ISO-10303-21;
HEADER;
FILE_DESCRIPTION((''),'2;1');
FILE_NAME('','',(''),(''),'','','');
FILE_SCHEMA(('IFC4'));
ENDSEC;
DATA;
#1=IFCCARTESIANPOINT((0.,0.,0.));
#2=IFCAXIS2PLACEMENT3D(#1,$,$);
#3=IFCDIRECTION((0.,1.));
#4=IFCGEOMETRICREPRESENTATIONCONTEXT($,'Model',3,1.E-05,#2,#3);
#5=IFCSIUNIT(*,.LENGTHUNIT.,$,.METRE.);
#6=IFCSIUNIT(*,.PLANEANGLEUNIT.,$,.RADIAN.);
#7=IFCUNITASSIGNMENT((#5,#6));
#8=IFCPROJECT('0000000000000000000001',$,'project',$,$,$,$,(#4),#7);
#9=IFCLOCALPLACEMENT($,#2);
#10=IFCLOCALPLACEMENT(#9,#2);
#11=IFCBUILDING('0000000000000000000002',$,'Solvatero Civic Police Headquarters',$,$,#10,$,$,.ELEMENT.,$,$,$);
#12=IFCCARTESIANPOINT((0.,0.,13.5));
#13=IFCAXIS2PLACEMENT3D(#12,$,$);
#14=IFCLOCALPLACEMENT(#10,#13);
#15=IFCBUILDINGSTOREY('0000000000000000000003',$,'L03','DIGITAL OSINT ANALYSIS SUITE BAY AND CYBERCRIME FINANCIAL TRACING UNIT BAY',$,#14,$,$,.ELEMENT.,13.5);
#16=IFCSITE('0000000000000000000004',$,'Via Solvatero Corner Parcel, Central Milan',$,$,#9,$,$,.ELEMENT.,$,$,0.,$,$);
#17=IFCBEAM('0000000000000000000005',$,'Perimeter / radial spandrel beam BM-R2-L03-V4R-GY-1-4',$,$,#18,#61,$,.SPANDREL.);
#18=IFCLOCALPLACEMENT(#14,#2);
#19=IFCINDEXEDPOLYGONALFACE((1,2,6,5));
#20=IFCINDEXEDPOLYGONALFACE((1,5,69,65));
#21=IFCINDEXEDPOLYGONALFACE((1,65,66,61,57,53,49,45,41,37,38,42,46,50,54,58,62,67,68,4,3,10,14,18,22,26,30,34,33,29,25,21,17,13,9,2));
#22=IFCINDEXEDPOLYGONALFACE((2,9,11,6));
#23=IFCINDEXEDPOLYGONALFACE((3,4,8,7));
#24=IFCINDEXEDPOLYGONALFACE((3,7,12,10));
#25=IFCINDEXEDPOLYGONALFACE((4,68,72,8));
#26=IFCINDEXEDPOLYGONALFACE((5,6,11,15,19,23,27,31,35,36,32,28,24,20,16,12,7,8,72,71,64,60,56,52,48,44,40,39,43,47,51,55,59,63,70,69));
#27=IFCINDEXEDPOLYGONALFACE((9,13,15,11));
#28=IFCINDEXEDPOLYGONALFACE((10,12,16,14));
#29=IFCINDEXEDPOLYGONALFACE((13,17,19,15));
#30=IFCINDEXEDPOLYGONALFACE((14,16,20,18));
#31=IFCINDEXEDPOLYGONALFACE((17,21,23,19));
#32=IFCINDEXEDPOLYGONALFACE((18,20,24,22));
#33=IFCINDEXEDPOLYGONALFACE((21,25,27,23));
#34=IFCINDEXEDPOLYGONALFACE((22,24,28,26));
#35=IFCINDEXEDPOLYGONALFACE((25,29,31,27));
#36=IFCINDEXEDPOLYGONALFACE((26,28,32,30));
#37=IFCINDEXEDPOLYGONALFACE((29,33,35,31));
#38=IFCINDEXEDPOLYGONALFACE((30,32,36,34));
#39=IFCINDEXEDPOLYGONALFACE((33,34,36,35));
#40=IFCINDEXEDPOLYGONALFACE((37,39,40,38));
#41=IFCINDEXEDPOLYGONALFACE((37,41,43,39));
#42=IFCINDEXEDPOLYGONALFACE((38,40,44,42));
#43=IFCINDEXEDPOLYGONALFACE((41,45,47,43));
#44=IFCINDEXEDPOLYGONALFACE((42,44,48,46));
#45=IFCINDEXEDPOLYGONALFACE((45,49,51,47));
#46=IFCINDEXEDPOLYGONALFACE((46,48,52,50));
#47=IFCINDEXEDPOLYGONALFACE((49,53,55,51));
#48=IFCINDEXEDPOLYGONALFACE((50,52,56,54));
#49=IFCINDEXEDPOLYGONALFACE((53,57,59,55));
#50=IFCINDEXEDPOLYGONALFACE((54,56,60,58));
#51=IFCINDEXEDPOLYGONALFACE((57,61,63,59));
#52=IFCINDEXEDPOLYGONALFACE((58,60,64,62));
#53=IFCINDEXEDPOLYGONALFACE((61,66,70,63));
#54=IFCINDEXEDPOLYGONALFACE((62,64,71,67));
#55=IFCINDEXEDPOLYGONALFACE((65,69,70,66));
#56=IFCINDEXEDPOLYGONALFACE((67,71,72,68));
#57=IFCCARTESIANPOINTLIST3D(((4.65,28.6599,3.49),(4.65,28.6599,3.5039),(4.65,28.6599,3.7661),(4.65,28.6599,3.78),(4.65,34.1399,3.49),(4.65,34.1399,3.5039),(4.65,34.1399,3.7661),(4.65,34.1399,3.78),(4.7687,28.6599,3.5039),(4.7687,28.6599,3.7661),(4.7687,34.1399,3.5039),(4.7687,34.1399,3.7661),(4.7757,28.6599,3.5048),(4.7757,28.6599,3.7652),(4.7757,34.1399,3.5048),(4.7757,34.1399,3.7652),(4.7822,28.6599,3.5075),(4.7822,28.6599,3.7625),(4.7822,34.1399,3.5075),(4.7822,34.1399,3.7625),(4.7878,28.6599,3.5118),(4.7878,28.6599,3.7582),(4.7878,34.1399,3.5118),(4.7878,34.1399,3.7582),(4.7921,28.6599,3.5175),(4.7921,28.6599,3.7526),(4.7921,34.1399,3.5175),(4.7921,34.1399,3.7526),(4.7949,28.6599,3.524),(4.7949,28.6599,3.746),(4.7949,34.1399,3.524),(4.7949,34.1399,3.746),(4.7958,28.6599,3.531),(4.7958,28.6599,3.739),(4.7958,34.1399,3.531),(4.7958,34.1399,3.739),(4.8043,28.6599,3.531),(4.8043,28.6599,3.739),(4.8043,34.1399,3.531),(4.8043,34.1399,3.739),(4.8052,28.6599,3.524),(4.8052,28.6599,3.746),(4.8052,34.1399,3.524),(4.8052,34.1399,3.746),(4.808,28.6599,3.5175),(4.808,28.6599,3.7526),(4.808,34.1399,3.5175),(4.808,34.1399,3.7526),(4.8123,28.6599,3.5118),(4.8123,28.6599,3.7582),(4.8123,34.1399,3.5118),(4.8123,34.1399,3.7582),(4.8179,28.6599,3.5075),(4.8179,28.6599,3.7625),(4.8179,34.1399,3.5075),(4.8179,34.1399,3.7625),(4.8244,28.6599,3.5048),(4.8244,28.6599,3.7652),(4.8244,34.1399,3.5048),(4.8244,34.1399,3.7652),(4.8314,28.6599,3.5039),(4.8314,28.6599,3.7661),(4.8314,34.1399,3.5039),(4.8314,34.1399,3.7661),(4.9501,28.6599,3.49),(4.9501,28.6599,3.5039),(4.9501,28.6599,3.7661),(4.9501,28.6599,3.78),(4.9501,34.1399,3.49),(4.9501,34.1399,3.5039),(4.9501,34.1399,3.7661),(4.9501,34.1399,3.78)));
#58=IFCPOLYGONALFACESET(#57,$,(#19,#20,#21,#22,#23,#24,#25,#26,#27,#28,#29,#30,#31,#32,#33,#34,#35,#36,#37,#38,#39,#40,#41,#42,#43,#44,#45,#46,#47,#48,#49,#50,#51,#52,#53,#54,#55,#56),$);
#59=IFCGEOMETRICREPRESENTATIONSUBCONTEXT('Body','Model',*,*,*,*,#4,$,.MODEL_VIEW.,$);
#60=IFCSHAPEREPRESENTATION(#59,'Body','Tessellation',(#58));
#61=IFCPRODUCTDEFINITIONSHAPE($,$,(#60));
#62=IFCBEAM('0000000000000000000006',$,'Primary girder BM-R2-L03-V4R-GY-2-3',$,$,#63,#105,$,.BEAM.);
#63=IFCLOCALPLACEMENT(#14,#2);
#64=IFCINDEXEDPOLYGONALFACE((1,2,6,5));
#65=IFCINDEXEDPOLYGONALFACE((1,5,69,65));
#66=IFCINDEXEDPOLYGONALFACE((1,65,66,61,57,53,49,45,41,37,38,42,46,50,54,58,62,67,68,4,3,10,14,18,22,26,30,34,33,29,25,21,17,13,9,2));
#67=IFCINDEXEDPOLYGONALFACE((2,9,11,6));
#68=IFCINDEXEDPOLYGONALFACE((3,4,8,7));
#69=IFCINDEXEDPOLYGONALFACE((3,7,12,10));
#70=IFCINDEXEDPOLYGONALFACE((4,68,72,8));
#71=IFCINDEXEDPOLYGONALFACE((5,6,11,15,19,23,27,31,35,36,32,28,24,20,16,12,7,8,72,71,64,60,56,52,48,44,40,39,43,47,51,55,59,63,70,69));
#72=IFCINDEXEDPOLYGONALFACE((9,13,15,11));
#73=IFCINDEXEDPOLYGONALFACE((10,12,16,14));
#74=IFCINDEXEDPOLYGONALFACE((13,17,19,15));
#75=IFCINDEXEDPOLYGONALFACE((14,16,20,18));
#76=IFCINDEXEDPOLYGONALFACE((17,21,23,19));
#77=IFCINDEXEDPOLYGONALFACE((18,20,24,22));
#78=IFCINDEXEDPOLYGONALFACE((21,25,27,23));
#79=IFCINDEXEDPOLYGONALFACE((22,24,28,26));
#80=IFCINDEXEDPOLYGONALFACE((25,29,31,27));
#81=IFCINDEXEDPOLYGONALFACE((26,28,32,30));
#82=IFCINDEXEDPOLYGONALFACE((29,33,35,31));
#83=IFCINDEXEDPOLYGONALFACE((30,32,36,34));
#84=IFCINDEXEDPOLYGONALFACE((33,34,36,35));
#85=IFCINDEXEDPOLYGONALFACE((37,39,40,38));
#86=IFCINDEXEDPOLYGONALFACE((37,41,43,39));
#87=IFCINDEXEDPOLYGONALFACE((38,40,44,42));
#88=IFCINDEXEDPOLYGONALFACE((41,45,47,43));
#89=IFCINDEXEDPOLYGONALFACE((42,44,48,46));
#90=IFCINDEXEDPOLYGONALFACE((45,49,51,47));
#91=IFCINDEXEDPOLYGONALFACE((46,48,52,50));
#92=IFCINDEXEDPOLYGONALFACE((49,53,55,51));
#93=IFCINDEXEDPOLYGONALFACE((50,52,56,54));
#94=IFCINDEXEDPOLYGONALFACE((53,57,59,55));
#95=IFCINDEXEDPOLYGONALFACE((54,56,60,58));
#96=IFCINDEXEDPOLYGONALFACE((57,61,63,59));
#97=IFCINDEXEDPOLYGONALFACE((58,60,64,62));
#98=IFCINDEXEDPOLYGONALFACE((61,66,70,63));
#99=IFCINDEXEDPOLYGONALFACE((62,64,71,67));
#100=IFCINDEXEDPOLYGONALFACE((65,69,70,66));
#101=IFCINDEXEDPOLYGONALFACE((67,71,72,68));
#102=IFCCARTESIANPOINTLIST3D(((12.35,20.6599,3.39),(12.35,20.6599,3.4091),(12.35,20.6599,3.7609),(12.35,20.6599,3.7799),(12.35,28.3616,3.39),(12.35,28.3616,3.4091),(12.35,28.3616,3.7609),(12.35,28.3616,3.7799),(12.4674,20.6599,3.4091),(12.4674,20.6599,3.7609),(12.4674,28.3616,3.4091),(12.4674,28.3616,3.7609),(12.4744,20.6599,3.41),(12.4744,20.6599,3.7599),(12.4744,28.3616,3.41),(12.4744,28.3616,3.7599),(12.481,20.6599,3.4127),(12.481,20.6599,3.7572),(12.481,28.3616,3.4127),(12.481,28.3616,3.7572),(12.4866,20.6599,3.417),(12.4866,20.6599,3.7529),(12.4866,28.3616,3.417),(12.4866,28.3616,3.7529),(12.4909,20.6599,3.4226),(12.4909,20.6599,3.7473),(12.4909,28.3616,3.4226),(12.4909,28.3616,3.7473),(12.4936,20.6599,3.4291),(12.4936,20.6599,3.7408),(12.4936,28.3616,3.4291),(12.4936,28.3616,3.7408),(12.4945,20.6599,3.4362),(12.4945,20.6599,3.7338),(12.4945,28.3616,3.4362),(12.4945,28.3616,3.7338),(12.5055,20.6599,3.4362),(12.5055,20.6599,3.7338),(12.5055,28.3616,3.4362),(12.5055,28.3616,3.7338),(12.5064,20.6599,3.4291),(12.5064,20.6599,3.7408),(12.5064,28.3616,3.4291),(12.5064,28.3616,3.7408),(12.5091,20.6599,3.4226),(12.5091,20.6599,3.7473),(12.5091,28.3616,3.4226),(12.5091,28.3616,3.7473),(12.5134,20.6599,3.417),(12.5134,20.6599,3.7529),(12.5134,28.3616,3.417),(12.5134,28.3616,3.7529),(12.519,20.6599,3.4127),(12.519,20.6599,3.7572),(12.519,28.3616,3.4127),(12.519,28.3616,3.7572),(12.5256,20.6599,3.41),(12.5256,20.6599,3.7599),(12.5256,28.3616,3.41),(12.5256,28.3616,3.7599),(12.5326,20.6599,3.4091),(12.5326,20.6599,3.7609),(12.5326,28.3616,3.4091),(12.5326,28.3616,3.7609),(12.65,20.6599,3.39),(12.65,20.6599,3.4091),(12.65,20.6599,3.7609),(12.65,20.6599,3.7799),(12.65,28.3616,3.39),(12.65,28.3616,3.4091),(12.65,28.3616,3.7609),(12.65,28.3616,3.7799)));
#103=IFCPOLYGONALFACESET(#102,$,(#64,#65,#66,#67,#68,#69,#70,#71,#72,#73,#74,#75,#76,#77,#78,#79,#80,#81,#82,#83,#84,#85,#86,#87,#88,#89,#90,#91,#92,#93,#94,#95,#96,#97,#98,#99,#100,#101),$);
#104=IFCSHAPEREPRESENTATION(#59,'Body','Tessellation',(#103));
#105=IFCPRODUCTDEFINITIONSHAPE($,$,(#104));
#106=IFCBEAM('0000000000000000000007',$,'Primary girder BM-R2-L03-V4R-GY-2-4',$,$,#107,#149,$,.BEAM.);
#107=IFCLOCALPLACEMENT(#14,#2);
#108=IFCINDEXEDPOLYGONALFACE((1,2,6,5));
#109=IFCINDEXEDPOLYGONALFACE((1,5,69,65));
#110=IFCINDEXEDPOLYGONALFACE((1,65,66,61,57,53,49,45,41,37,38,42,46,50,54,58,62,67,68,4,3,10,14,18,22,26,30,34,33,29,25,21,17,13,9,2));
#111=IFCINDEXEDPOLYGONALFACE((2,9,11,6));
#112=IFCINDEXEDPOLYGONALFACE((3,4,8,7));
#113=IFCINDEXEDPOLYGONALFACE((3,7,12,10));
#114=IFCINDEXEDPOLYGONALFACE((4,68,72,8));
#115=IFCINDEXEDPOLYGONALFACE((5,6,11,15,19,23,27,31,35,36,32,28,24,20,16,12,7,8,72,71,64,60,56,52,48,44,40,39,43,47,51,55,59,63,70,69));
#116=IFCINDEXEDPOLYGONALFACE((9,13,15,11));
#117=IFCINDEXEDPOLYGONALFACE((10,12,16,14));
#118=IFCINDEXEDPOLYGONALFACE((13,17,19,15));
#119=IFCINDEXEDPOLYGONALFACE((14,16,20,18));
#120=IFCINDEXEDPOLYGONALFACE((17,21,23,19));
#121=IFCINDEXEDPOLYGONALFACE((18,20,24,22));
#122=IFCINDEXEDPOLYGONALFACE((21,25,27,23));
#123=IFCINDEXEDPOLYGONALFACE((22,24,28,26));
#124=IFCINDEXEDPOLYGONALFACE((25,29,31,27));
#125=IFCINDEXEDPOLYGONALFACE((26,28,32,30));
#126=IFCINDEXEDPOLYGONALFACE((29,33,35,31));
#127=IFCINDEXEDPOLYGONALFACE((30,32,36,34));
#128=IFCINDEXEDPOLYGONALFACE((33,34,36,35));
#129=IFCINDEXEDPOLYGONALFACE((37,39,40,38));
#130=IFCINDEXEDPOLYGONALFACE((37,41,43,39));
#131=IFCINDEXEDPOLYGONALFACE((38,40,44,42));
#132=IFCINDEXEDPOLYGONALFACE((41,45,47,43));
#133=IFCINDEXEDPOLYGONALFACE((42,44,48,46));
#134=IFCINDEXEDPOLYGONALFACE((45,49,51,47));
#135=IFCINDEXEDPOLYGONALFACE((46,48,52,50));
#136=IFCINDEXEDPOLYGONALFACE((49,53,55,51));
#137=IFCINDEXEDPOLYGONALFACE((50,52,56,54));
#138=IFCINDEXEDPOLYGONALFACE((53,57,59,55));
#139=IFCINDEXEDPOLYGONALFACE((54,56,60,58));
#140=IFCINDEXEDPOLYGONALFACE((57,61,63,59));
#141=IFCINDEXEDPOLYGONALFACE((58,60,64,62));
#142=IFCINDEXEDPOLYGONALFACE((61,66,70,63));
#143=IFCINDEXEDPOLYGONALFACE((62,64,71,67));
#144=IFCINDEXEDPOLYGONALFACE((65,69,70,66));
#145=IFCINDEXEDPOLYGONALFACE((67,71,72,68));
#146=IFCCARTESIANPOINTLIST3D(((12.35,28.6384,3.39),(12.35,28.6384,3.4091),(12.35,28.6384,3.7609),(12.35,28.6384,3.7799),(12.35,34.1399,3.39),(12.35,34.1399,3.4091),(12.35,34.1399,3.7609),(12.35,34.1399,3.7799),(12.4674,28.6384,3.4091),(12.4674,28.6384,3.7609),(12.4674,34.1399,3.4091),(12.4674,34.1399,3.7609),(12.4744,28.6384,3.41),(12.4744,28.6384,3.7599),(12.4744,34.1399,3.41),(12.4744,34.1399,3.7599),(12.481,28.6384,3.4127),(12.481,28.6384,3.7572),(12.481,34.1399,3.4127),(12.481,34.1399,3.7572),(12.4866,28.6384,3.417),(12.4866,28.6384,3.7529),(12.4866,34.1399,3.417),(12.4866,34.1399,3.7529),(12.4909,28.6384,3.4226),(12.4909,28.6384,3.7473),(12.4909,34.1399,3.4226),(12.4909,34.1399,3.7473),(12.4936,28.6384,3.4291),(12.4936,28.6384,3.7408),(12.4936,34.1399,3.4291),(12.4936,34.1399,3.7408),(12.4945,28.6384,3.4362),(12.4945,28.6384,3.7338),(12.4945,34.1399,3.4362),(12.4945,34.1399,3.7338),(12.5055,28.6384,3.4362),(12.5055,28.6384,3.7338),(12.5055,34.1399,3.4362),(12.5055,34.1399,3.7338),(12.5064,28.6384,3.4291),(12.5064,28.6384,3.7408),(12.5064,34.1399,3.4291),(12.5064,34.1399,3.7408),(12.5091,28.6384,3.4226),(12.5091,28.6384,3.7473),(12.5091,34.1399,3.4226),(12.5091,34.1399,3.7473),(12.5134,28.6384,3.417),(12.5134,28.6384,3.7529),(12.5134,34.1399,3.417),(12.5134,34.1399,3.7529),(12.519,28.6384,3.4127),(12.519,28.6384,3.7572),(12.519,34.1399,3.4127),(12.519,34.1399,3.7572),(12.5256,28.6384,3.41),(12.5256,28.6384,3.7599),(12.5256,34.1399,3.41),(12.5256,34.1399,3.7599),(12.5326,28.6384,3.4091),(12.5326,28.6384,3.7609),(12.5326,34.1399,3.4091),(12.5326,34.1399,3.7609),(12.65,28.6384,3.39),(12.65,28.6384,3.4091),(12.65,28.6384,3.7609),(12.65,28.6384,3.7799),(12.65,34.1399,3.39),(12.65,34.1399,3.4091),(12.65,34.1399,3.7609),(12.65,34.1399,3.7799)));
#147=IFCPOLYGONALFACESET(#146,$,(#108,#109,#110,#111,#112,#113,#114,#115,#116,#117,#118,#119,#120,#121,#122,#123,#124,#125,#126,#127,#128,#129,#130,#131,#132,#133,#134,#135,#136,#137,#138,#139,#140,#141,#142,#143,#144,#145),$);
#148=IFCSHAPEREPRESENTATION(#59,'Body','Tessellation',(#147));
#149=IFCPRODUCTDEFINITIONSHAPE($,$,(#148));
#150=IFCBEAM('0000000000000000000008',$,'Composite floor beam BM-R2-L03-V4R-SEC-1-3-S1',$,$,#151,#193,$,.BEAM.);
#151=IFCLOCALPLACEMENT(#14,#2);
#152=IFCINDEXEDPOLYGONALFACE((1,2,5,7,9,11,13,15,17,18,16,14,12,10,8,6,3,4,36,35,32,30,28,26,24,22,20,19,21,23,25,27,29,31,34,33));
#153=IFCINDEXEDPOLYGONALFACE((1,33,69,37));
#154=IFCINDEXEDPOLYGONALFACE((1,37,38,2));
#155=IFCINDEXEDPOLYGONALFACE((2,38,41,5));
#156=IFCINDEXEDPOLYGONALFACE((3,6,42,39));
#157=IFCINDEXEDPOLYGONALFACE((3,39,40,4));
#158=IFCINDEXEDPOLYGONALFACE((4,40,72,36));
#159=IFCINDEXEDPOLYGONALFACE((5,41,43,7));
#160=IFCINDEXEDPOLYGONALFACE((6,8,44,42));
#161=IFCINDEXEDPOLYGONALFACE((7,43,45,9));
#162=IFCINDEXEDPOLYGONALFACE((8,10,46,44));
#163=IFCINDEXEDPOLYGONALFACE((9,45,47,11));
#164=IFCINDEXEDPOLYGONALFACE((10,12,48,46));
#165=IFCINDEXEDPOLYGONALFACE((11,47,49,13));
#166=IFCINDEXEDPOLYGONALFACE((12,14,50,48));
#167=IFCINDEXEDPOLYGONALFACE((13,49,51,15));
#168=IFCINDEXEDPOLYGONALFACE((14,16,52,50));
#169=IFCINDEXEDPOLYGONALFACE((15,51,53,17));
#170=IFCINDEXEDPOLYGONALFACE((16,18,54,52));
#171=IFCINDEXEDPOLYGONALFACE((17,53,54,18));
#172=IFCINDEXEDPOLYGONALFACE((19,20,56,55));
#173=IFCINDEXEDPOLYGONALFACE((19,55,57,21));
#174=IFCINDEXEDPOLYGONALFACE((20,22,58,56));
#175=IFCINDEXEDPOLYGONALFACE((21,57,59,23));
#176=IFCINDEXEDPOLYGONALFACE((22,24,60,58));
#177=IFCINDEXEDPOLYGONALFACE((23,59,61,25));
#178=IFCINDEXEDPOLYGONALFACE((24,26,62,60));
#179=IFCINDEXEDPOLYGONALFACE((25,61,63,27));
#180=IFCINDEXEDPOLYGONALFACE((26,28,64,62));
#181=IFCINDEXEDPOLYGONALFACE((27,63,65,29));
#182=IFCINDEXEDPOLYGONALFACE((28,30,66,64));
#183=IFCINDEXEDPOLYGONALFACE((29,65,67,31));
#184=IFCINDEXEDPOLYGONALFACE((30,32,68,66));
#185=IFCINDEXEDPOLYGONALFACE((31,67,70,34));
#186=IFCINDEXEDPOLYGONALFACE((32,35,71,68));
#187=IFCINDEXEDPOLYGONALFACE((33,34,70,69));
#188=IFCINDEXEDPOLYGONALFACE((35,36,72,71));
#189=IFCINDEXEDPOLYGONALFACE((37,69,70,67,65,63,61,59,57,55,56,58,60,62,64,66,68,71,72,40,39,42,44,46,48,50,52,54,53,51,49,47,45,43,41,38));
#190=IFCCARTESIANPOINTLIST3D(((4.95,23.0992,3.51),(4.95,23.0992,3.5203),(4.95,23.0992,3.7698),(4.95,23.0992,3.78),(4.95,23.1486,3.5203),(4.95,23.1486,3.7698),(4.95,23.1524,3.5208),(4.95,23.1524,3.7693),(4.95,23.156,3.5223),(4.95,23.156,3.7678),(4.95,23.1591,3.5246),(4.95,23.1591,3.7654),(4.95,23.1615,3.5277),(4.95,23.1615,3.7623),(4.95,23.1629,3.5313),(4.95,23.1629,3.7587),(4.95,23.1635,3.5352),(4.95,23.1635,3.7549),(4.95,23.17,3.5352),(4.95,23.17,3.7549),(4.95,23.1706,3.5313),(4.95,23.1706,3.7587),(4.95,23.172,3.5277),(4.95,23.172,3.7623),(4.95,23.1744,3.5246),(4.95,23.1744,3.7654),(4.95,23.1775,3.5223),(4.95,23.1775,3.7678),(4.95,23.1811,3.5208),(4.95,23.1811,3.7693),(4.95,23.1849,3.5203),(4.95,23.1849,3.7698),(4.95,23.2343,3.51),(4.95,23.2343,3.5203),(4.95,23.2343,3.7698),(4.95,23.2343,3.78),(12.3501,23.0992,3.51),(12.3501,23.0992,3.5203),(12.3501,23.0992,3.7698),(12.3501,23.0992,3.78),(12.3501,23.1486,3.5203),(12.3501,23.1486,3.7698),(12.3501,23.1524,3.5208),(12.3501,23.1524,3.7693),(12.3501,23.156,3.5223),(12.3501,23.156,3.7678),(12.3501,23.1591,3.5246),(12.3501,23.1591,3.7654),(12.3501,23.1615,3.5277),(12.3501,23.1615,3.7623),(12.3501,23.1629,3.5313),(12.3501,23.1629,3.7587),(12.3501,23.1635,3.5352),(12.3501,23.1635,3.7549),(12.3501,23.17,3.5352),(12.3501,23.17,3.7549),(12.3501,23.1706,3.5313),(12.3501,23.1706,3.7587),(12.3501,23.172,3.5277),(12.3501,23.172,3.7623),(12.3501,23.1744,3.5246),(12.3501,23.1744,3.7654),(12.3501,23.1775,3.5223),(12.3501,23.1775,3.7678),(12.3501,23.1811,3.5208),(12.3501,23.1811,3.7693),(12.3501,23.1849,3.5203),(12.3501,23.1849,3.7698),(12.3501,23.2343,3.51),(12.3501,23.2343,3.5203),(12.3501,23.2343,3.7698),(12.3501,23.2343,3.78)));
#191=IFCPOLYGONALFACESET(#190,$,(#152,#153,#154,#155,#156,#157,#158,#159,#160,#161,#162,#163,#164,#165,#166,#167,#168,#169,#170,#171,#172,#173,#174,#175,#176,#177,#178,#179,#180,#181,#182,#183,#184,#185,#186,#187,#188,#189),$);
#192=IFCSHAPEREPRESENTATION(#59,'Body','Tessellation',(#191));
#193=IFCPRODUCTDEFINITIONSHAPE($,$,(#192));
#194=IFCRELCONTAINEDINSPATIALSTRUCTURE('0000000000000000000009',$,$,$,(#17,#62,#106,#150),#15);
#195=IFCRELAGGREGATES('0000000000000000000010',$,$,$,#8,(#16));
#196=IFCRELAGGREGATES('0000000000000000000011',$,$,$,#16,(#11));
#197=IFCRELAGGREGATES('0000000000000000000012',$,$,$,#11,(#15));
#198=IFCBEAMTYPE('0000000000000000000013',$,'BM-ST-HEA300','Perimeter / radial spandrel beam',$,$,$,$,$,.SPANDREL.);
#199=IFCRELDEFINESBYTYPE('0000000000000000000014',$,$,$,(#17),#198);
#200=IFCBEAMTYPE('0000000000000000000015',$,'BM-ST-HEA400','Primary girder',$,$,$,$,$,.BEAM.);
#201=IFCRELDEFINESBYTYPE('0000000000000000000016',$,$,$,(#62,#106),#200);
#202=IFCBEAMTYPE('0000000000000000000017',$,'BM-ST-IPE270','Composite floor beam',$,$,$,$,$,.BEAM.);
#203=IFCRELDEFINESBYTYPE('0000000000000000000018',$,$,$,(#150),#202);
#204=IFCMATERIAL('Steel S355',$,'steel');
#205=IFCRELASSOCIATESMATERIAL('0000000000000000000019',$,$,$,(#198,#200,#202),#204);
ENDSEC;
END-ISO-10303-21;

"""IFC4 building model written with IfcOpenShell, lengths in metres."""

from ifc_helpers import new_model, si_unit, direction, frame, origin, origin_2d, place, context, subcontext, project, spatial, i_section, extrude, material, material_profile, profile_set, type_object, element, save


model = new_model("IFC4")

# Units and contexts
model_context = context("Model", 3, precision=1e-05, world=origin(), true_north=direction((0.0, 1.0)))
body_context = subcontext(model_context, "Body", "Model", "MODEL_VIEW")
ifc_project = project(units=[si_unit("LENGTHUNIT", "METRE"), si_unit("PLANEANGLEUNIT", "RADIAN")], contexts=[model_context])

# Site, building, storey
site_placement = place(None, origin())
site = spatial("IfcSite", under=ifc_project, at=site_placement, Name="Via Solvatero Corner Parcel, Central Milan", CompositionType="ELEMENT", RefElevation=0.0)
building_placement = place(site_placement, origin())
building = spatial("IfcBuilding", under=site, at=building_placement, Name="Solvatero Civic Police Headquarters", CompositionType="ELEMENT")
storey_placement = place(building_placement, frame((0.0, 0.0, 13.5)))
storey = spatial("IfcBuildingStorey", under=building, at=storey_placement, Name="L03", Description="DIGITAL OSINT ANALYSIS SUITE BAY AND CYBERCRIME FINANCIAL TRACING UNIT BAY", CompositionType="ELEMENT", Elevation=13.5)

# Shared definitions
ifc_material_1 = material(Name="Steel S355", Category="steel")

# Beams
ifc_material_profile_1 = material_profile(ifc_material_1, i_section(OverallWidth=0.3, OverallDepth=0.29, WebThickness=0.0085, FlangeThickness=0.0139, FilletRadius=0.0271, at=origin_2d()), Name="HEA 300")
ifc_profile_set_1 = profile_set([ifc_material_profile_1], Name="Steel S355")
beam_type_1 = type_object("IfcBeamType", Name="BM-ST-HEA300", Description="Perimeter / radial spandrel beam", PredefinedType="SPANDREL", material=ifc_profile_set_1)
beam_1_placement = place(storey_placement, frame((4.8, 28.6599, 3.635), z_axis=(0.0, 1.0, 0.0), x_axis=(-1.0, 0.0, 0.0)))
element("IfcBeam", 1, at=beam_1_placement, inside=storey, type_object=beam_type_1, Name="Perimeter / radial spandrel beam BM-R2-L03-V4R-GY-1-4", PredefinedType="SPANDREL", context=body_context, shape_type="SweptSolid", body=[
    extrude(i_section(OverallWidth=0.3, OverallDepth=0.29, WebThickness=0.0085, FlangeThickness=0.0139, FilletRadius=0.0271, at=origin_2d()), origin(), (0.0, 0.0, 1.0), 5.48),
])
ifc_material_profile_2 = material_profile(ifc_material_1, i_section(OverallWidth=0.3, OverallDepth=0.3899, WebThickness=0.011, FlangeThickness=0.019, FilletRadius=0.0271, at=origin_2d()), Name="HEA 400")
ifc_profile_set_2 = profile_set([ifc_material_profile_2], Name="Steel S355")
beam_type_2 = type_object("IfcBeamType", Name="BM-ST-HEA400", Description="Primary girder", PredefinedType="BEAM", material=ifc_profile_set_2)
beam_2_placement = place(storey_placement, frame((12.5, 20.6599, 3.585), z_axis=(0.0, 1.0, 0.0), x_axis=(-1.0, 0.0, 0.0)))
element("IfcBeam", 2, at=beam_2_placement, inside=storey, type_object=beam_type_2, Name="Primary girder BM-R2-L03-V4R-GY-2-3", PredefinedType="BEAM", context=body_context, shape_type="SweptSolid", body=[
    extrude(i_section(OverallWidth=0.3, OverallDepth=0.3899, WebThickness=0.011, FlangeThickness=0.019, FilletRadius=0.0271, at=origin_2d()), origin(), (0.0, 0.0, 1.0), 7.7017),
])
beam_3_placement = place(storey_placement, frame((12.5, 28.6384, 3.585), z_axis=(0.0, 1.0, 0.0), x_axis=(-1.0, 0.0, 0.0)))
element("IfcBeam", 3, at=beam_3_placement, inside=storey, type_object=beam_type_2, Name="Primary girder BM-R2-L03-V4R-GY-2-4", PredefinedType="BEAM", context=body_context, shape_type="SweptSolid", body=[
    extrude(i_section(OverallWidth=0.3, OverallDepth=0.3899, WebThickness=0.011, FlangeThickness=0.019, FilletRadius=0.0271, at=origin_2d()), origin(), (0.0, 0.0, 1.0), 5.5015),
])
ifc_material_profile_3 = material_profile(ifc_material_1, i_section(OverallWidth=0.135, OverallDepth=0.27, WebThickness=0.0066, FlangeThickness=0.0103, FilletRadius=0.0149, at=origin_2d()), Name="IPE 270")
ifc_profile_set_3 = profile_set([ifc_material_profile_3], Name="Steel S355")
beam_type_3 = type_object("IfcBeamType", Name="BM-ST-IPE270", Description="Composite floor beam", PredefinedType="BEAM", material=ifc_profile_set_3)
for number, where, z_axis, x_axis, name in (
    (4, (4.95, 23.1667, 3.645), (1.0, 0.0, 0.0), (0.0, 1.0, 0.0), "Composite floor beam BM-R2-L03-V4R-SEC-1-3-S1"),
):
    element("IfcBeam", number, at=place(storey_placement, frame(where, z_axis=z_axis, x_axis=x_axis)), inside=storey, type_object=beam_type_3, Name=name, PredefinedType="BEAM", context=body_context, shape_type="SweptSolid", body=[
        extrude(i_section(OverallWidth=0.135, OverallDepth=0.27, WebThickness=0.0066, FlangeThickness=0.0103, FilletRadius=0.0149, at=origin_2d()), origin(), (0.0, 0.0, 1.0), 7.4001),
    ])

save(model, "model.ifc")
